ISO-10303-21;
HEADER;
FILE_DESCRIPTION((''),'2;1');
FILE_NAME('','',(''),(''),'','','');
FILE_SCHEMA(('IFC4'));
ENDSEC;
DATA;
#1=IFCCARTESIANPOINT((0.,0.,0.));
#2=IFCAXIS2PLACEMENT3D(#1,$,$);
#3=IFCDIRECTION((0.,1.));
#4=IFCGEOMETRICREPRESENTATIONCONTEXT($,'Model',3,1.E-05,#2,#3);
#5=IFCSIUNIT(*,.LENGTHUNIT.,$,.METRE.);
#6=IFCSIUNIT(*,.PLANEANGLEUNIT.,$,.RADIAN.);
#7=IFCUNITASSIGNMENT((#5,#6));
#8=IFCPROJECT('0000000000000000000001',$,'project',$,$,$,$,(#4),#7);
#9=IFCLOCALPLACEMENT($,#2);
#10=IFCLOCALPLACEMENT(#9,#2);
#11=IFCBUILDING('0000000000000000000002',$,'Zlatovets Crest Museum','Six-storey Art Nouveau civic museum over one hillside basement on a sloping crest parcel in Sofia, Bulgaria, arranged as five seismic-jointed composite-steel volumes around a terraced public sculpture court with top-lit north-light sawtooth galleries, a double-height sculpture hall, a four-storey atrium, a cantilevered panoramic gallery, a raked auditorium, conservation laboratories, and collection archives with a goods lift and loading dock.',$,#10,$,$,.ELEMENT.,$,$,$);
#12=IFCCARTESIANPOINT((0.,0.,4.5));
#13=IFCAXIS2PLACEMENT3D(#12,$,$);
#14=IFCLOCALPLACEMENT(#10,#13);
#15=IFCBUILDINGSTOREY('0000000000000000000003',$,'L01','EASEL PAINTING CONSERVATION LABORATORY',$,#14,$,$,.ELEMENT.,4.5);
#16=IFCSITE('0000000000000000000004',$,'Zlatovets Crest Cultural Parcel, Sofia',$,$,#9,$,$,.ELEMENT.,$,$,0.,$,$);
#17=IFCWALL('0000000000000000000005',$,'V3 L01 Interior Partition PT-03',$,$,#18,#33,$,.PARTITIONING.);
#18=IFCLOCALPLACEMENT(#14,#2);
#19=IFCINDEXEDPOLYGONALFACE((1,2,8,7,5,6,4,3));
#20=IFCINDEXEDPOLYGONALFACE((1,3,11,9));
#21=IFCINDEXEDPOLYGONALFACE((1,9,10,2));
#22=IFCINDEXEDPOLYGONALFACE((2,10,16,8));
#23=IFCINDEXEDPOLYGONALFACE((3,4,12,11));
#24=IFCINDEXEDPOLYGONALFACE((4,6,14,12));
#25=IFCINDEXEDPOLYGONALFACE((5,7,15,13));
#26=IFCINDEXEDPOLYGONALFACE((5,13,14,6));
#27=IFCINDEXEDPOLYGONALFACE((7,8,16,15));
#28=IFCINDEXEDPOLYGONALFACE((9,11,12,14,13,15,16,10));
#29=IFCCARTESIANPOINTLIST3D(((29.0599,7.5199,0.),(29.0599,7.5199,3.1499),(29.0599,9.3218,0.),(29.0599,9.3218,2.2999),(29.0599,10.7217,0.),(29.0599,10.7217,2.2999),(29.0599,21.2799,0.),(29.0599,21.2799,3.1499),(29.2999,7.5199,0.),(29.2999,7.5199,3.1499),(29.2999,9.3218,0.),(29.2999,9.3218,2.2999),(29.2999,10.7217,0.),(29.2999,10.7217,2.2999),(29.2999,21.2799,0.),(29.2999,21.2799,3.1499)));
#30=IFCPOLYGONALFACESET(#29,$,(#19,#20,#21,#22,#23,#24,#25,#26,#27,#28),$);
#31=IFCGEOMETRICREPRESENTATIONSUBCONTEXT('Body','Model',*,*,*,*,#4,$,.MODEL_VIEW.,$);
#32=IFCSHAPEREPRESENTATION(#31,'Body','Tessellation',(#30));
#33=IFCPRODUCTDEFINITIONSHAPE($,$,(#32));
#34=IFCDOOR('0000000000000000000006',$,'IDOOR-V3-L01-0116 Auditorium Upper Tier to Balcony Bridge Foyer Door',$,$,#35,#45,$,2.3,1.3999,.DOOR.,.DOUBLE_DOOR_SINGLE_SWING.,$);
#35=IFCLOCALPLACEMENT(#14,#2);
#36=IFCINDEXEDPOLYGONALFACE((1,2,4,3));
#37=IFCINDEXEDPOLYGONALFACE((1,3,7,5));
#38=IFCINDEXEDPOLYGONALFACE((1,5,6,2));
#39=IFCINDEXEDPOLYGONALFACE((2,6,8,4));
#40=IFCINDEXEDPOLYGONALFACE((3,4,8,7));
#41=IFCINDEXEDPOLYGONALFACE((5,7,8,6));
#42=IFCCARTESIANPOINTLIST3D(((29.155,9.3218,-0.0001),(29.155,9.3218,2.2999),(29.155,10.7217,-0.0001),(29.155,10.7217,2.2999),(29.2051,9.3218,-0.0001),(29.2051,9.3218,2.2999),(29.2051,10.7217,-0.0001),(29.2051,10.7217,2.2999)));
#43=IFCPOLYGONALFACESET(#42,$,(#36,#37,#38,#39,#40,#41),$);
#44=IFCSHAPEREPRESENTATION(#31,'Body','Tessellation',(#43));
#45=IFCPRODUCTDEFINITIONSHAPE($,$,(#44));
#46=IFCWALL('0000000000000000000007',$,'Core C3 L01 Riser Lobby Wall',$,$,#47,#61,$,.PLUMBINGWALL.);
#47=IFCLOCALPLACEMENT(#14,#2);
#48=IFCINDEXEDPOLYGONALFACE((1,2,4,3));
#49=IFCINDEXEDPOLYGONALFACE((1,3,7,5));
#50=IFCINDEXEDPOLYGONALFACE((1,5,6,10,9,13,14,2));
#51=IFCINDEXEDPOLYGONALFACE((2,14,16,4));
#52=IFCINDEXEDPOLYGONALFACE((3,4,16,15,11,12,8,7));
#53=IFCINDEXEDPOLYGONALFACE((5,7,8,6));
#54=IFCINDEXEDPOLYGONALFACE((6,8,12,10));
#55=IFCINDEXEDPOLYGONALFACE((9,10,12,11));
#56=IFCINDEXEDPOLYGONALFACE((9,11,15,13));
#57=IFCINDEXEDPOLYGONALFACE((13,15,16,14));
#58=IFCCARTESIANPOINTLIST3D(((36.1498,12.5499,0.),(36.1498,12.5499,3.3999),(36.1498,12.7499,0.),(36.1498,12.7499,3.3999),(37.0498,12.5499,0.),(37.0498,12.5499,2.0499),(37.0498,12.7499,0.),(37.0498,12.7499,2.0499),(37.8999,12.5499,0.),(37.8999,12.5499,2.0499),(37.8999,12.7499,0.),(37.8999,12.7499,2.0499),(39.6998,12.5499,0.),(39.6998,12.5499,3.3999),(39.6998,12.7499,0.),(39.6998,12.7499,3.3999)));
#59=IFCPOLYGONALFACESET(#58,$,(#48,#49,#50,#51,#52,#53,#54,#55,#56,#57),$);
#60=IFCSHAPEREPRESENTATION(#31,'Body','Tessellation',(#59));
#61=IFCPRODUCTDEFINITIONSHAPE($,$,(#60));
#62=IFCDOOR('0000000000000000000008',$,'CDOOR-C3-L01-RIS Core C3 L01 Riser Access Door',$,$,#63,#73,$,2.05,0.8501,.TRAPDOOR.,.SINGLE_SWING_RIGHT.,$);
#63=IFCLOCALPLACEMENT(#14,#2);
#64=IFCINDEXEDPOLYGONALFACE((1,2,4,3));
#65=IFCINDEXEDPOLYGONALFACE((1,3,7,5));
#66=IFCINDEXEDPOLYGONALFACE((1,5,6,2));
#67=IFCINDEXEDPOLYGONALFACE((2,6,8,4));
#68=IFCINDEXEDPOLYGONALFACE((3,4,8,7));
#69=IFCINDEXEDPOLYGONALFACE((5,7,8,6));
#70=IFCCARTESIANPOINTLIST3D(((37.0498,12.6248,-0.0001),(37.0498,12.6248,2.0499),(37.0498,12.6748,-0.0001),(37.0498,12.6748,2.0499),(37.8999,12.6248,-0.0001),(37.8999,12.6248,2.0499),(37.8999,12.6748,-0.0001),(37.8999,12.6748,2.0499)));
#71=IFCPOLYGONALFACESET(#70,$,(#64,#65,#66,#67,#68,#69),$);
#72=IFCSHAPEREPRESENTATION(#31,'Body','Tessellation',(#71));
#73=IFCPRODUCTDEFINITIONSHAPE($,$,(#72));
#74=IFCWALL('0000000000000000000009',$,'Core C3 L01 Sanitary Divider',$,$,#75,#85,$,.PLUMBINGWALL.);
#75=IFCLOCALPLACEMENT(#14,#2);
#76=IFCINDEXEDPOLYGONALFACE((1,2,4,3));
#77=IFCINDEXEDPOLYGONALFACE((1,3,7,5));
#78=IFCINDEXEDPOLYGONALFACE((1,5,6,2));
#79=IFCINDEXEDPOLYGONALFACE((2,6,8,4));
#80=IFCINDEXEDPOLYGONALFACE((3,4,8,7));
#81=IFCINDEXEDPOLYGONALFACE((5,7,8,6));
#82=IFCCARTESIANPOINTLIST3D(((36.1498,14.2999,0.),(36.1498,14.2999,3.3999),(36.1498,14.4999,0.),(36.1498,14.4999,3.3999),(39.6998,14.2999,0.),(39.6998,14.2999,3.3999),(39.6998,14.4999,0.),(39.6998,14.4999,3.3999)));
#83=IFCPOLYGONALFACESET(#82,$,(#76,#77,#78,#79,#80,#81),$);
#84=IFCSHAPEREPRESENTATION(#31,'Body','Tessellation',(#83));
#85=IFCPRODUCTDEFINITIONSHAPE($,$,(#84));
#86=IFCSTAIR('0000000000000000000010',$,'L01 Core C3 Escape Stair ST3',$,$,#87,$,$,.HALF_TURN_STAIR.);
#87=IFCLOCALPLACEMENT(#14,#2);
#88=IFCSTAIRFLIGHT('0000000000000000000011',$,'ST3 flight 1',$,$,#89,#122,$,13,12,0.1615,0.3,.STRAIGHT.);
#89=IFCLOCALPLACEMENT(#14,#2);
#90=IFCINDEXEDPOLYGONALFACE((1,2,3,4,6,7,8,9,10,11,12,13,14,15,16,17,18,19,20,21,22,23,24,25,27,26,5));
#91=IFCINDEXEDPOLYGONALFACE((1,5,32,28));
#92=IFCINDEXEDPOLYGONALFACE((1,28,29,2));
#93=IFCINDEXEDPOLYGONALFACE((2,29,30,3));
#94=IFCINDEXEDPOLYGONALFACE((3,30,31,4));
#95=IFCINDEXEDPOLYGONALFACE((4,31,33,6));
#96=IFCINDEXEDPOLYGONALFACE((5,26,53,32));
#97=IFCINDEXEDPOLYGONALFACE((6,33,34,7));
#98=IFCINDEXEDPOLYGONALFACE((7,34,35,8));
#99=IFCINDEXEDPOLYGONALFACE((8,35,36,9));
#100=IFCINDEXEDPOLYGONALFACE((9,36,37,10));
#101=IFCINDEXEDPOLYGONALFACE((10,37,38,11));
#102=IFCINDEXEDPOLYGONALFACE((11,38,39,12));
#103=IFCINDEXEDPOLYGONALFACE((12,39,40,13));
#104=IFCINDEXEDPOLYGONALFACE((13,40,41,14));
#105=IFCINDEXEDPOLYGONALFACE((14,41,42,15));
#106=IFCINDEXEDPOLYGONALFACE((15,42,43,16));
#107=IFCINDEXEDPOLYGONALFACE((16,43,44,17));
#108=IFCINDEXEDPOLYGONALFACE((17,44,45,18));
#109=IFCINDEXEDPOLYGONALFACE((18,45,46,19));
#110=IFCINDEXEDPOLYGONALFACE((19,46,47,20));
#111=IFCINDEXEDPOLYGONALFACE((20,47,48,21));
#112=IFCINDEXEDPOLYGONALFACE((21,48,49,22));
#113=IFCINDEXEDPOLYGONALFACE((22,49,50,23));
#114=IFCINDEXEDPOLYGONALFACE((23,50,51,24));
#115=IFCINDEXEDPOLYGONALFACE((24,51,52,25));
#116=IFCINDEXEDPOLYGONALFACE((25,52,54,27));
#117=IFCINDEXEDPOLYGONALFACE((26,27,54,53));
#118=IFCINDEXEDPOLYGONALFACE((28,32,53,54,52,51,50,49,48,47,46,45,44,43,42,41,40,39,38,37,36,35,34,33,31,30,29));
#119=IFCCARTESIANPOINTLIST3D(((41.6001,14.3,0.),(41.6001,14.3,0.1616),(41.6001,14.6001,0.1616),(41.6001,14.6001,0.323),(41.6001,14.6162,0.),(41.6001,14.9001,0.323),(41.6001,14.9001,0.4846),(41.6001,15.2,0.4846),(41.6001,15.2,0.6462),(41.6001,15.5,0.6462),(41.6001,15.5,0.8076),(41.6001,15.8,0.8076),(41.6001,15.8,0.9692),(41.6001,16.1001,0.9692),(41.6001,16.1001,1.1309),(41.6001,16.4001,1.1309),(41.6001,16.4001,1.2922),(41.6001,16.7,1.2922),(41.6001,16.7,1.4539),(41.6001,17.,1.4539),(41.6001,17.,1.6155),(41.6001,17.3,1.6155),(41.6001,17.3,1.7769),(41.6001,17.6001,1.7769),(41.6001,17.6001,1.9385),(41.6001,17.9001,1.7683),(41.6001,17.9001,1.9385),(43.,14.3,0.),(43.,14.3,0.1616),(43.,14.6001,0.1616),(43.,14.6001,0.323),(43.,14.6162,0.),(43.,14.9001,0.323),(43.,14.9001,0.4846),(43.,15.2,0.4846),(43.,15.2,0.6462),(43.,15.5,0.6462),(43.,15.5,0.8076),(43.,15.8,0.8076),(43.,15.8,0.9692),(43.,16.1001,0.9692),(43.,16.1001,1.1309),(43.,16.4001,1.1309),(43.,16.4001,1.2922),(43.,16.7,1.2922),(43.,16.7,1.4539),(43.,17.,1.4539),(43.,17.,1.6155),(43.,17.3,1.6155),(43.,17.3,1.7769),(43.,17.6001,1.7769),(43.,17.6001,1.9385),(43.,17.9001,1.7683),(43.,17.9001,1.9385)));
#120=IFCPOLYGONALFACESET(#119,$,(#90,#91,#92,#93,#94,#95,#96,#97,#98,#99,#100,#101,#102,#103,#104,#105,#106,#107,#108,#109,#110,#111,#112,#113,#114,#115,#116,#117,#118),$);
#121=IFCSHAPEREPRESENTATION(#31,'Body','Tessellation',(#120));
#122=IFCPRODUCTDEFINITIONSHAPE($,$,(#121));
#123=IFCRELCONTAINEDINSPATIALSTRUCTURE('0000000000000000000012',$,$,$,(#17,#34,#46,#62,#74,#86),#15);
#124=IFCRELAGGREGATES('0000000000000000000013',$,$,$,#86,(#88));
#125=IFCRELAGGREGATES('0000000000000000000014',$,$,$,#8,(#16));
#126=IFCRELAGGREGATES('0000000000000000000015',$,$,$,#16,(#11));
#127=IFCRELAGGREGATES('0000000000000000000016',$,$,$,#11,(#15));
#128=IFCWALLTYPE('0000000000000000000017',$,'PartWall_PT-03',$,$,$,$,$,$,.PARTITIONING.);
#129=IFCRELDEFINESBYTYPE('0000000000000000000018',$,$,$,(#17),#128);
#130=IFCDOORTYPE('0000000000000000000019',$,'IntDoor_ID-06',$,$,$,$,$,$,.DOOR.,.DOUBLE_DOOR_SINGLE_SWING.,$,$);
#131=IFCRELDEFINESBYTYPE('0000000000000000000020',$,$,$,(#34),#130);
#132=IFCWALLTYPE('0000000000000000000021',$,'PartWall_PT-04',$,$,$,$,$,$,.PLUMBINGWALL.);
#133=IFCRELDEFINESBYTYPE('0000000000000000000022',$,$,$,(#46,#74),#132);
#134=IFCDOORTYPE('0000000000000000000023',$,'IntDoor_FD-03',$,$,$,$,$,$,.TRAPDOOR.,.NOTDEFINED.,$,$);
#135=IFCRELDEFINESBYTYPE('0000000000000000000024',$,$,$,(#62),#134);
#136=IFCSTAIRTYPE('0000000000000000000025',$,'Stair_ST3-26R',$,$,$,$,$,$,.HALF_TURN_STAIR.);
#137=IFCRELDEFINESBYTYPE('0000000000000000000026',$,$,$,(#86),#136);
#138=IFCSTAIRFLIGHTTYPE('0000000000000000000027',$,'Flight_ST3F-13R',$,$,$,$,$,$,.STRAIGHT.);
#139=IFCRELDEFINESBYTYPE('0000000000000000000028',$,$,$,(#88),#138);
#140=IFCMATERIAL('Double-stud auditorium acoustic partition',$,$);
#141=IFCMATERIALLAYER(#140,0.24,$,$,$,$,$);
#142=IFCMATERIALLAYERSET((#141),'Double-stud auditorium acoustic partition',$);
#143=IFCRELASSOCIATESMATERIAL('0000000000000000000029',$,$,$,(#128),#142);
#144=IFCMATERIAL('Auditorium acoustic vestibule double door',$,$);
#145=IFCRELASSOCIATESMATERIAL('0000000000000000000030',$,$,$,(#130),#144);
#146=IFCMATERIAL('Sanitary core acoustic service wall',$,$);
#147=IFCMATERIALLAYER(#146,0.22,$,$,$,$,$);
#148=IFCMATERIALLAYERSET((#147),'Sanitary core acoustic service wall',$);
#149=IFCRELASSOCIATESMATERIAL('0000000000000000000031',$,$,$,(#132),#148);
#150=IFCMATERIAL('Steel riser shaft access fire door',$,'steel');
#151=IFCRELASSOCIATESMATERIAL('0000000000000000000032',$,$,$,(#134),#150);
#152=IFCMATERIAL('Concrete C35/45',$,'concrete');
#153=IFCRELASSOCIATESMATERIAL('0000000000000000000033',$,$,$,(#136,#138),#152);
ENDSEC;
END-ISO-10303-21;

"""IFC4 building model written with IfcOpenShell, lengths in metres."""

from ifc_helpers import new_model, si_unit, direction, frame, frame_2d, origin, place, context, subcontext, project, spatial, polyline, rectangle, outline, extrude, material, layer, layer_set, type_object, element, fill, aggregate, save


model = new_model("IFC4")

# Units and contexts
model_context = context("Model", 3, precision=1e-05, world=origin(), true_north=direction((0.0, 1.0)))
body_context = subcontext(model_context, "Body", "Model", "MODEL_VIEW")
ifc_project = project(units=[si_unit("LENGTHUNIT", "METRE"), si_unit("PLANEANGLEUNIT", "RADIAN")], contexts=[model_context])

# Site, building, storey
site_placement = place(None, origin())
site = spatial("IfcSite", under=ifc_project, at=site_placement, Name="Zlatovets Crest Cultural Parcel, Sofia", CompositionType="ELEMENT", RefElevation=0.0)
building_placement = place(site_placement, origin())
building = spatial("IfcBuilding", under=site, at=building_placement, Name="Zlatovets Crest Museum", Description="Six-storey Art Nouveau civic museum over one hillside basement on a sloping crest parcel in Sofia, Bulgaria, arranged as five seismic-jointed composite-steel volumes around a terraced public sculpture court with top-lit north-light sawtooth galleries, a double-height sculpture hall, a four-storey atrium, a cantilevered panoramic gallery, a raked auditorium, conservation laboratories, and collection archives with a goods lift and loading dock.", CompositionType="ELEMENT")
storey_placement = place(building_placement, frame((0.0, 0.0, 4.5)))
storey = spatial("IfcBuildingStorey", under=building, at=storey_placement, Name="L01", Description="EASEL PAINTING CONSERVATION LABORATORY", CompositionType="ELEMENT", Elevation=4.5)

# Shared definitions
ifc_material_1 = material(Name="Concrete C35/45", Category="concrete")

# Walls, openings, doors
ifc_material_2 = material(Name="Double-stud auditorium acoustic partition")
ifc_layer_1 = layer(ifc_material_2, 0.24)
ifc_layer_set_1 = layer_set([ifc_layer_1], Name="Double-stud auditorium acoustic partition")
wall_type_1 = type_object("IfcWallType", Name="PartWall_PT-03", PredefinedType="PARTITIONING", material=ifc_layer_set_1)
wall_1_placement = place(storey_placement, frame((29.1799, 7.52, 0.0), z_axis=(0.0, 0.0, 1.0), x_axis=(0.0, 1.0, 0.0)))
wall_1 = element("IfcWall", 1, at=wall_1_placement, inside=storey, type_object=wall_type_1, Name="V3 L01 Interior Partition PT-03", PredefinedType="PARTITIONING", context=body_context, shape_type="SweptSolid", body=[
    extrude(rectangle(XDim=13.76, YDim=0.24, at=frame_2d((6.8799, 0.0))), origin(), (0.0, 0.0, 1.0), 3.1499),
])
opening_1_placement = place(wall_1_placement, frame((1.8018, 0.0, 0.0)))
opening_1 = element("IfcOpeningElement", 2, at=opening_1_placement, cuts=wall_1, PredefinedType="OPENING", context=body_context, shape_type="SweptSolid", body=[
    extrude(rectangle(XDim=1.3999, YDim=2.3, at=frame_2d((0.7, 1.1499))), frame((0.0, 0.1299, 0.0), z_axis=(0.0, -1.0, 0.0), x_axis=(1.0, 0.0, 0.0)), (0.0, 0.0, 1.0), 0.26),
])
ifc_material_3 = material(Name="Auditorium acoustic vestibule double door")
door_type_1 = type_object("IfcDoorType", Name="IntDoor_ID-06", OperationType="DOUBLE_DOOR_SINGLE_SWING", PredefinedType="DOOR", material=ifc_material_3)
door_1_placement = place(opening_1_placement, origin())
door_1 = element("IfcDoor", 3, at=door_1_placement, inside=storey, type_object=door_type_1, Name="IDOOR-V3-L01-0116 Auditorium Upper Tier to Balcony Bridge Foyer Door", OperationType="DOUBLE_DOOR_SINGLE_SWING", OverallHeight=2.3, OverallWidth=1.3999, PredefinedType="DOOR", context=body_context, shape_type="SweptSolid", body=[
    extrude(rectangle(XDim=1.3999, YDim=2.3, at=frame_2d((0.7, 1.1499))), frame((0.0, 0.0249, 0.0), z_axis=(0.0, -1.0, 0.0), x_axis=(1.0, 0.0, 0.0)), (0.0, 0.0, 1.0), 0.05),
])
fill(opening_1, door_1)
ifc_material_4 = material(Name="Sanitary core acoustic service wall")
ifc_layer_2 = layer(ifc_material_4, 0.22)
ifc_layer_set_2 = layer_set([ifc_layer_2], Name="Sanitary core acoustic service wall")
wall_type_2 = type_object("IfcWallType", Name="PartWall_PT-04", PredefinedType="PLUMBINGWALL", material=ifc_layer_set_2)
wall_2_placement = place(storey_placement, frame((36.1499, 12.6499, 0.0), z_axis=(0.0, 0.0, 1.0), x_axis=(1.0, 0.0, 0.0)))
wall_2 = element("IfcWall", 4, at=wall_2_placement, inside=storey, type_object=wall_type_2, Name="Core C3 L01 Riser Lobby Wall", PredefinedType="PLUMBINGWALL", context=body_context, shape_type="SweptSolid", body=[
    extrude(rectangle(XDim=3.55, YDim=0.2, at=frame_2d((1.7749, 0.0))), origin(), (0.0, 0.0, 1.0), 3.3999),
])
opening_2_placement = place(wall_2_placement, frame((0.8999, 0.0, 0.0)))
opening_2 = element("IfcOpeningElement", 5, at=opening_2_placement, cuts=wall_2, PredefinedType="OPENING", context=body_context, shape_type="SweptSolid", body=[
    extrude(rectangle(XDim=0.8501, YDim=2.05, at=frame_2d((0.425, 1.0249))), frame((0.0, 0.1099, 0.0), z_axis=(0.0, -1.0, 0.0), x_axis=(1.0, 0.0, 0.0)), (0.0, 0.0, 1.0), 0.22),
])
ifc_material_5 = material(Name="Steel riser shaft access fire door", Category="steel")
door_type_2 = type_object("IfcDoorType", Name="IntDoor_FD-03", OperationType="NOTDEFINED", PredefinedType="TRAPDOOR", material=ifc_material_5)
door_2_placement = place(opening_2_placement, origin())
door_2 = element("IfcDoor", 6, at=door_2_placement, inside=storey, type_object=door_type_2, Name="CDOOR-C3-L01-RIS Core C3 L01 Riser Access Door", OperationType="SINGLE_SWING_RIGHT", OverallHeight=2.05, OverallWidth=0.8501, PredefinedType="TRAPDOOR", context=body_context, shape_type="SweptSolid", body=[
    extrude(rectangle(XDim=0.8501, YDim=2.05, at=frame_2d((0.425, 1.0249))), frame((0.0, 0.0249, 0.0), z_axis=(0.0, -1.0, 0.0), x_axis=(1.0, 0.0, 0.0)), (0.0, 0.0, 1.0), 0.05),
])
fill(opening_2, door_2)

# Wall
wall_3_placement = place(storey_placement, frame((36.1499, 14.3999, 0.0), z_axis=(0.0, 0.0, 1.0), x_axis=(1.0, 0.0, 0.0)))
element("IfcWall", 7, at=wall_3_placement, inside=storey, type_object=wall_type_2, Name="Core C3 L01 Sanitary Divider", PredefinedType="PLUMBINGWALL", context=body_context, shape_type="SweptSolid", body=[
    extrude(rectangle(XDim=3.55, YDim=0.2, at=frame_2d((1.7749, 0.0))), origin(), (0.0, 0.0, 1.0), 3.3999),
])

# Stair, stair flight
stair_type = type_object("IfcStairType", Name="Stair_ST3-26R", PredefinedType="HALF_TURN_STAIR", material=ifc_material_1)
stair_placement = place(storey_placement, origin())
stair = element("IfcStair", 8, at=stair_placement, inside=storey, type_object=stair_type, Name="L01 Core C3 Escape Stair ST3", PredefinedType="HALF_TURN_STAIR")
stair_flight_type = type_object("IfcStairFlightType", Name="Flight_ST3F-13R", PredefinedType="STRAIGHT", material=ifc_material_1)
stair_flight_placement = place(storey_placement, frame((42.3, 14.3, 0.0), z_axis=(0.0, 0.0, 1.0), x_axis=(0.0, 1.0, 0.0)))
stair_flight = element("IfcStairFlight", 9, at=stair_flight_placement, type_object=stair_flight_type, Name="ST3 flight 1", NumberOfRisers=13, NumberOfTreads=12, PredefinedType="STRAIGHT", RiserHeight=0.1615, TreadLength=0.3, context=body_context, shape_type="SweptSolid", body=[
    extrude(outline(polyline([(0.0, 0.0), (0.0, 0.1616), (0.3, 0.1616), (0.3, 0.323), (0.6001, 0.323), (0.6001, 0.4846), (0.8999, 0.4846), (0.8999, 0.6462), (1.2, 0.6462), (1.2, 0.8076), (1.5, 0.8076), (1.5, 0.9692), (1.8, 0.9692), (1.8, 1.1309), (2.1001, 1.1309), (2.1001, 1.2922), (2.3999, 1.2922), (2.3999, 1.4539), (2.7, 1.4539), (2.7, 1.6155), (3.0, 1.6155), (3.0, 1.7769), (3.3, 1.7769), (3.3, 1.9385), (3.6001, 1.9385), (3.6001, 2.1001), (3.6001, 1.7683), (0.3162, 0.0), (0.0, 0.0)])), frame((0.0, 0.7, 0.0), z_axis=(0.0, -1.0, 0.0), x_axis=(1.0, 0.0, 0.0)), (0.0, 0.0, 1.0), 1.3999),
])
aggregate(stair, [stair_flight])

save(model, "model.ifc")
